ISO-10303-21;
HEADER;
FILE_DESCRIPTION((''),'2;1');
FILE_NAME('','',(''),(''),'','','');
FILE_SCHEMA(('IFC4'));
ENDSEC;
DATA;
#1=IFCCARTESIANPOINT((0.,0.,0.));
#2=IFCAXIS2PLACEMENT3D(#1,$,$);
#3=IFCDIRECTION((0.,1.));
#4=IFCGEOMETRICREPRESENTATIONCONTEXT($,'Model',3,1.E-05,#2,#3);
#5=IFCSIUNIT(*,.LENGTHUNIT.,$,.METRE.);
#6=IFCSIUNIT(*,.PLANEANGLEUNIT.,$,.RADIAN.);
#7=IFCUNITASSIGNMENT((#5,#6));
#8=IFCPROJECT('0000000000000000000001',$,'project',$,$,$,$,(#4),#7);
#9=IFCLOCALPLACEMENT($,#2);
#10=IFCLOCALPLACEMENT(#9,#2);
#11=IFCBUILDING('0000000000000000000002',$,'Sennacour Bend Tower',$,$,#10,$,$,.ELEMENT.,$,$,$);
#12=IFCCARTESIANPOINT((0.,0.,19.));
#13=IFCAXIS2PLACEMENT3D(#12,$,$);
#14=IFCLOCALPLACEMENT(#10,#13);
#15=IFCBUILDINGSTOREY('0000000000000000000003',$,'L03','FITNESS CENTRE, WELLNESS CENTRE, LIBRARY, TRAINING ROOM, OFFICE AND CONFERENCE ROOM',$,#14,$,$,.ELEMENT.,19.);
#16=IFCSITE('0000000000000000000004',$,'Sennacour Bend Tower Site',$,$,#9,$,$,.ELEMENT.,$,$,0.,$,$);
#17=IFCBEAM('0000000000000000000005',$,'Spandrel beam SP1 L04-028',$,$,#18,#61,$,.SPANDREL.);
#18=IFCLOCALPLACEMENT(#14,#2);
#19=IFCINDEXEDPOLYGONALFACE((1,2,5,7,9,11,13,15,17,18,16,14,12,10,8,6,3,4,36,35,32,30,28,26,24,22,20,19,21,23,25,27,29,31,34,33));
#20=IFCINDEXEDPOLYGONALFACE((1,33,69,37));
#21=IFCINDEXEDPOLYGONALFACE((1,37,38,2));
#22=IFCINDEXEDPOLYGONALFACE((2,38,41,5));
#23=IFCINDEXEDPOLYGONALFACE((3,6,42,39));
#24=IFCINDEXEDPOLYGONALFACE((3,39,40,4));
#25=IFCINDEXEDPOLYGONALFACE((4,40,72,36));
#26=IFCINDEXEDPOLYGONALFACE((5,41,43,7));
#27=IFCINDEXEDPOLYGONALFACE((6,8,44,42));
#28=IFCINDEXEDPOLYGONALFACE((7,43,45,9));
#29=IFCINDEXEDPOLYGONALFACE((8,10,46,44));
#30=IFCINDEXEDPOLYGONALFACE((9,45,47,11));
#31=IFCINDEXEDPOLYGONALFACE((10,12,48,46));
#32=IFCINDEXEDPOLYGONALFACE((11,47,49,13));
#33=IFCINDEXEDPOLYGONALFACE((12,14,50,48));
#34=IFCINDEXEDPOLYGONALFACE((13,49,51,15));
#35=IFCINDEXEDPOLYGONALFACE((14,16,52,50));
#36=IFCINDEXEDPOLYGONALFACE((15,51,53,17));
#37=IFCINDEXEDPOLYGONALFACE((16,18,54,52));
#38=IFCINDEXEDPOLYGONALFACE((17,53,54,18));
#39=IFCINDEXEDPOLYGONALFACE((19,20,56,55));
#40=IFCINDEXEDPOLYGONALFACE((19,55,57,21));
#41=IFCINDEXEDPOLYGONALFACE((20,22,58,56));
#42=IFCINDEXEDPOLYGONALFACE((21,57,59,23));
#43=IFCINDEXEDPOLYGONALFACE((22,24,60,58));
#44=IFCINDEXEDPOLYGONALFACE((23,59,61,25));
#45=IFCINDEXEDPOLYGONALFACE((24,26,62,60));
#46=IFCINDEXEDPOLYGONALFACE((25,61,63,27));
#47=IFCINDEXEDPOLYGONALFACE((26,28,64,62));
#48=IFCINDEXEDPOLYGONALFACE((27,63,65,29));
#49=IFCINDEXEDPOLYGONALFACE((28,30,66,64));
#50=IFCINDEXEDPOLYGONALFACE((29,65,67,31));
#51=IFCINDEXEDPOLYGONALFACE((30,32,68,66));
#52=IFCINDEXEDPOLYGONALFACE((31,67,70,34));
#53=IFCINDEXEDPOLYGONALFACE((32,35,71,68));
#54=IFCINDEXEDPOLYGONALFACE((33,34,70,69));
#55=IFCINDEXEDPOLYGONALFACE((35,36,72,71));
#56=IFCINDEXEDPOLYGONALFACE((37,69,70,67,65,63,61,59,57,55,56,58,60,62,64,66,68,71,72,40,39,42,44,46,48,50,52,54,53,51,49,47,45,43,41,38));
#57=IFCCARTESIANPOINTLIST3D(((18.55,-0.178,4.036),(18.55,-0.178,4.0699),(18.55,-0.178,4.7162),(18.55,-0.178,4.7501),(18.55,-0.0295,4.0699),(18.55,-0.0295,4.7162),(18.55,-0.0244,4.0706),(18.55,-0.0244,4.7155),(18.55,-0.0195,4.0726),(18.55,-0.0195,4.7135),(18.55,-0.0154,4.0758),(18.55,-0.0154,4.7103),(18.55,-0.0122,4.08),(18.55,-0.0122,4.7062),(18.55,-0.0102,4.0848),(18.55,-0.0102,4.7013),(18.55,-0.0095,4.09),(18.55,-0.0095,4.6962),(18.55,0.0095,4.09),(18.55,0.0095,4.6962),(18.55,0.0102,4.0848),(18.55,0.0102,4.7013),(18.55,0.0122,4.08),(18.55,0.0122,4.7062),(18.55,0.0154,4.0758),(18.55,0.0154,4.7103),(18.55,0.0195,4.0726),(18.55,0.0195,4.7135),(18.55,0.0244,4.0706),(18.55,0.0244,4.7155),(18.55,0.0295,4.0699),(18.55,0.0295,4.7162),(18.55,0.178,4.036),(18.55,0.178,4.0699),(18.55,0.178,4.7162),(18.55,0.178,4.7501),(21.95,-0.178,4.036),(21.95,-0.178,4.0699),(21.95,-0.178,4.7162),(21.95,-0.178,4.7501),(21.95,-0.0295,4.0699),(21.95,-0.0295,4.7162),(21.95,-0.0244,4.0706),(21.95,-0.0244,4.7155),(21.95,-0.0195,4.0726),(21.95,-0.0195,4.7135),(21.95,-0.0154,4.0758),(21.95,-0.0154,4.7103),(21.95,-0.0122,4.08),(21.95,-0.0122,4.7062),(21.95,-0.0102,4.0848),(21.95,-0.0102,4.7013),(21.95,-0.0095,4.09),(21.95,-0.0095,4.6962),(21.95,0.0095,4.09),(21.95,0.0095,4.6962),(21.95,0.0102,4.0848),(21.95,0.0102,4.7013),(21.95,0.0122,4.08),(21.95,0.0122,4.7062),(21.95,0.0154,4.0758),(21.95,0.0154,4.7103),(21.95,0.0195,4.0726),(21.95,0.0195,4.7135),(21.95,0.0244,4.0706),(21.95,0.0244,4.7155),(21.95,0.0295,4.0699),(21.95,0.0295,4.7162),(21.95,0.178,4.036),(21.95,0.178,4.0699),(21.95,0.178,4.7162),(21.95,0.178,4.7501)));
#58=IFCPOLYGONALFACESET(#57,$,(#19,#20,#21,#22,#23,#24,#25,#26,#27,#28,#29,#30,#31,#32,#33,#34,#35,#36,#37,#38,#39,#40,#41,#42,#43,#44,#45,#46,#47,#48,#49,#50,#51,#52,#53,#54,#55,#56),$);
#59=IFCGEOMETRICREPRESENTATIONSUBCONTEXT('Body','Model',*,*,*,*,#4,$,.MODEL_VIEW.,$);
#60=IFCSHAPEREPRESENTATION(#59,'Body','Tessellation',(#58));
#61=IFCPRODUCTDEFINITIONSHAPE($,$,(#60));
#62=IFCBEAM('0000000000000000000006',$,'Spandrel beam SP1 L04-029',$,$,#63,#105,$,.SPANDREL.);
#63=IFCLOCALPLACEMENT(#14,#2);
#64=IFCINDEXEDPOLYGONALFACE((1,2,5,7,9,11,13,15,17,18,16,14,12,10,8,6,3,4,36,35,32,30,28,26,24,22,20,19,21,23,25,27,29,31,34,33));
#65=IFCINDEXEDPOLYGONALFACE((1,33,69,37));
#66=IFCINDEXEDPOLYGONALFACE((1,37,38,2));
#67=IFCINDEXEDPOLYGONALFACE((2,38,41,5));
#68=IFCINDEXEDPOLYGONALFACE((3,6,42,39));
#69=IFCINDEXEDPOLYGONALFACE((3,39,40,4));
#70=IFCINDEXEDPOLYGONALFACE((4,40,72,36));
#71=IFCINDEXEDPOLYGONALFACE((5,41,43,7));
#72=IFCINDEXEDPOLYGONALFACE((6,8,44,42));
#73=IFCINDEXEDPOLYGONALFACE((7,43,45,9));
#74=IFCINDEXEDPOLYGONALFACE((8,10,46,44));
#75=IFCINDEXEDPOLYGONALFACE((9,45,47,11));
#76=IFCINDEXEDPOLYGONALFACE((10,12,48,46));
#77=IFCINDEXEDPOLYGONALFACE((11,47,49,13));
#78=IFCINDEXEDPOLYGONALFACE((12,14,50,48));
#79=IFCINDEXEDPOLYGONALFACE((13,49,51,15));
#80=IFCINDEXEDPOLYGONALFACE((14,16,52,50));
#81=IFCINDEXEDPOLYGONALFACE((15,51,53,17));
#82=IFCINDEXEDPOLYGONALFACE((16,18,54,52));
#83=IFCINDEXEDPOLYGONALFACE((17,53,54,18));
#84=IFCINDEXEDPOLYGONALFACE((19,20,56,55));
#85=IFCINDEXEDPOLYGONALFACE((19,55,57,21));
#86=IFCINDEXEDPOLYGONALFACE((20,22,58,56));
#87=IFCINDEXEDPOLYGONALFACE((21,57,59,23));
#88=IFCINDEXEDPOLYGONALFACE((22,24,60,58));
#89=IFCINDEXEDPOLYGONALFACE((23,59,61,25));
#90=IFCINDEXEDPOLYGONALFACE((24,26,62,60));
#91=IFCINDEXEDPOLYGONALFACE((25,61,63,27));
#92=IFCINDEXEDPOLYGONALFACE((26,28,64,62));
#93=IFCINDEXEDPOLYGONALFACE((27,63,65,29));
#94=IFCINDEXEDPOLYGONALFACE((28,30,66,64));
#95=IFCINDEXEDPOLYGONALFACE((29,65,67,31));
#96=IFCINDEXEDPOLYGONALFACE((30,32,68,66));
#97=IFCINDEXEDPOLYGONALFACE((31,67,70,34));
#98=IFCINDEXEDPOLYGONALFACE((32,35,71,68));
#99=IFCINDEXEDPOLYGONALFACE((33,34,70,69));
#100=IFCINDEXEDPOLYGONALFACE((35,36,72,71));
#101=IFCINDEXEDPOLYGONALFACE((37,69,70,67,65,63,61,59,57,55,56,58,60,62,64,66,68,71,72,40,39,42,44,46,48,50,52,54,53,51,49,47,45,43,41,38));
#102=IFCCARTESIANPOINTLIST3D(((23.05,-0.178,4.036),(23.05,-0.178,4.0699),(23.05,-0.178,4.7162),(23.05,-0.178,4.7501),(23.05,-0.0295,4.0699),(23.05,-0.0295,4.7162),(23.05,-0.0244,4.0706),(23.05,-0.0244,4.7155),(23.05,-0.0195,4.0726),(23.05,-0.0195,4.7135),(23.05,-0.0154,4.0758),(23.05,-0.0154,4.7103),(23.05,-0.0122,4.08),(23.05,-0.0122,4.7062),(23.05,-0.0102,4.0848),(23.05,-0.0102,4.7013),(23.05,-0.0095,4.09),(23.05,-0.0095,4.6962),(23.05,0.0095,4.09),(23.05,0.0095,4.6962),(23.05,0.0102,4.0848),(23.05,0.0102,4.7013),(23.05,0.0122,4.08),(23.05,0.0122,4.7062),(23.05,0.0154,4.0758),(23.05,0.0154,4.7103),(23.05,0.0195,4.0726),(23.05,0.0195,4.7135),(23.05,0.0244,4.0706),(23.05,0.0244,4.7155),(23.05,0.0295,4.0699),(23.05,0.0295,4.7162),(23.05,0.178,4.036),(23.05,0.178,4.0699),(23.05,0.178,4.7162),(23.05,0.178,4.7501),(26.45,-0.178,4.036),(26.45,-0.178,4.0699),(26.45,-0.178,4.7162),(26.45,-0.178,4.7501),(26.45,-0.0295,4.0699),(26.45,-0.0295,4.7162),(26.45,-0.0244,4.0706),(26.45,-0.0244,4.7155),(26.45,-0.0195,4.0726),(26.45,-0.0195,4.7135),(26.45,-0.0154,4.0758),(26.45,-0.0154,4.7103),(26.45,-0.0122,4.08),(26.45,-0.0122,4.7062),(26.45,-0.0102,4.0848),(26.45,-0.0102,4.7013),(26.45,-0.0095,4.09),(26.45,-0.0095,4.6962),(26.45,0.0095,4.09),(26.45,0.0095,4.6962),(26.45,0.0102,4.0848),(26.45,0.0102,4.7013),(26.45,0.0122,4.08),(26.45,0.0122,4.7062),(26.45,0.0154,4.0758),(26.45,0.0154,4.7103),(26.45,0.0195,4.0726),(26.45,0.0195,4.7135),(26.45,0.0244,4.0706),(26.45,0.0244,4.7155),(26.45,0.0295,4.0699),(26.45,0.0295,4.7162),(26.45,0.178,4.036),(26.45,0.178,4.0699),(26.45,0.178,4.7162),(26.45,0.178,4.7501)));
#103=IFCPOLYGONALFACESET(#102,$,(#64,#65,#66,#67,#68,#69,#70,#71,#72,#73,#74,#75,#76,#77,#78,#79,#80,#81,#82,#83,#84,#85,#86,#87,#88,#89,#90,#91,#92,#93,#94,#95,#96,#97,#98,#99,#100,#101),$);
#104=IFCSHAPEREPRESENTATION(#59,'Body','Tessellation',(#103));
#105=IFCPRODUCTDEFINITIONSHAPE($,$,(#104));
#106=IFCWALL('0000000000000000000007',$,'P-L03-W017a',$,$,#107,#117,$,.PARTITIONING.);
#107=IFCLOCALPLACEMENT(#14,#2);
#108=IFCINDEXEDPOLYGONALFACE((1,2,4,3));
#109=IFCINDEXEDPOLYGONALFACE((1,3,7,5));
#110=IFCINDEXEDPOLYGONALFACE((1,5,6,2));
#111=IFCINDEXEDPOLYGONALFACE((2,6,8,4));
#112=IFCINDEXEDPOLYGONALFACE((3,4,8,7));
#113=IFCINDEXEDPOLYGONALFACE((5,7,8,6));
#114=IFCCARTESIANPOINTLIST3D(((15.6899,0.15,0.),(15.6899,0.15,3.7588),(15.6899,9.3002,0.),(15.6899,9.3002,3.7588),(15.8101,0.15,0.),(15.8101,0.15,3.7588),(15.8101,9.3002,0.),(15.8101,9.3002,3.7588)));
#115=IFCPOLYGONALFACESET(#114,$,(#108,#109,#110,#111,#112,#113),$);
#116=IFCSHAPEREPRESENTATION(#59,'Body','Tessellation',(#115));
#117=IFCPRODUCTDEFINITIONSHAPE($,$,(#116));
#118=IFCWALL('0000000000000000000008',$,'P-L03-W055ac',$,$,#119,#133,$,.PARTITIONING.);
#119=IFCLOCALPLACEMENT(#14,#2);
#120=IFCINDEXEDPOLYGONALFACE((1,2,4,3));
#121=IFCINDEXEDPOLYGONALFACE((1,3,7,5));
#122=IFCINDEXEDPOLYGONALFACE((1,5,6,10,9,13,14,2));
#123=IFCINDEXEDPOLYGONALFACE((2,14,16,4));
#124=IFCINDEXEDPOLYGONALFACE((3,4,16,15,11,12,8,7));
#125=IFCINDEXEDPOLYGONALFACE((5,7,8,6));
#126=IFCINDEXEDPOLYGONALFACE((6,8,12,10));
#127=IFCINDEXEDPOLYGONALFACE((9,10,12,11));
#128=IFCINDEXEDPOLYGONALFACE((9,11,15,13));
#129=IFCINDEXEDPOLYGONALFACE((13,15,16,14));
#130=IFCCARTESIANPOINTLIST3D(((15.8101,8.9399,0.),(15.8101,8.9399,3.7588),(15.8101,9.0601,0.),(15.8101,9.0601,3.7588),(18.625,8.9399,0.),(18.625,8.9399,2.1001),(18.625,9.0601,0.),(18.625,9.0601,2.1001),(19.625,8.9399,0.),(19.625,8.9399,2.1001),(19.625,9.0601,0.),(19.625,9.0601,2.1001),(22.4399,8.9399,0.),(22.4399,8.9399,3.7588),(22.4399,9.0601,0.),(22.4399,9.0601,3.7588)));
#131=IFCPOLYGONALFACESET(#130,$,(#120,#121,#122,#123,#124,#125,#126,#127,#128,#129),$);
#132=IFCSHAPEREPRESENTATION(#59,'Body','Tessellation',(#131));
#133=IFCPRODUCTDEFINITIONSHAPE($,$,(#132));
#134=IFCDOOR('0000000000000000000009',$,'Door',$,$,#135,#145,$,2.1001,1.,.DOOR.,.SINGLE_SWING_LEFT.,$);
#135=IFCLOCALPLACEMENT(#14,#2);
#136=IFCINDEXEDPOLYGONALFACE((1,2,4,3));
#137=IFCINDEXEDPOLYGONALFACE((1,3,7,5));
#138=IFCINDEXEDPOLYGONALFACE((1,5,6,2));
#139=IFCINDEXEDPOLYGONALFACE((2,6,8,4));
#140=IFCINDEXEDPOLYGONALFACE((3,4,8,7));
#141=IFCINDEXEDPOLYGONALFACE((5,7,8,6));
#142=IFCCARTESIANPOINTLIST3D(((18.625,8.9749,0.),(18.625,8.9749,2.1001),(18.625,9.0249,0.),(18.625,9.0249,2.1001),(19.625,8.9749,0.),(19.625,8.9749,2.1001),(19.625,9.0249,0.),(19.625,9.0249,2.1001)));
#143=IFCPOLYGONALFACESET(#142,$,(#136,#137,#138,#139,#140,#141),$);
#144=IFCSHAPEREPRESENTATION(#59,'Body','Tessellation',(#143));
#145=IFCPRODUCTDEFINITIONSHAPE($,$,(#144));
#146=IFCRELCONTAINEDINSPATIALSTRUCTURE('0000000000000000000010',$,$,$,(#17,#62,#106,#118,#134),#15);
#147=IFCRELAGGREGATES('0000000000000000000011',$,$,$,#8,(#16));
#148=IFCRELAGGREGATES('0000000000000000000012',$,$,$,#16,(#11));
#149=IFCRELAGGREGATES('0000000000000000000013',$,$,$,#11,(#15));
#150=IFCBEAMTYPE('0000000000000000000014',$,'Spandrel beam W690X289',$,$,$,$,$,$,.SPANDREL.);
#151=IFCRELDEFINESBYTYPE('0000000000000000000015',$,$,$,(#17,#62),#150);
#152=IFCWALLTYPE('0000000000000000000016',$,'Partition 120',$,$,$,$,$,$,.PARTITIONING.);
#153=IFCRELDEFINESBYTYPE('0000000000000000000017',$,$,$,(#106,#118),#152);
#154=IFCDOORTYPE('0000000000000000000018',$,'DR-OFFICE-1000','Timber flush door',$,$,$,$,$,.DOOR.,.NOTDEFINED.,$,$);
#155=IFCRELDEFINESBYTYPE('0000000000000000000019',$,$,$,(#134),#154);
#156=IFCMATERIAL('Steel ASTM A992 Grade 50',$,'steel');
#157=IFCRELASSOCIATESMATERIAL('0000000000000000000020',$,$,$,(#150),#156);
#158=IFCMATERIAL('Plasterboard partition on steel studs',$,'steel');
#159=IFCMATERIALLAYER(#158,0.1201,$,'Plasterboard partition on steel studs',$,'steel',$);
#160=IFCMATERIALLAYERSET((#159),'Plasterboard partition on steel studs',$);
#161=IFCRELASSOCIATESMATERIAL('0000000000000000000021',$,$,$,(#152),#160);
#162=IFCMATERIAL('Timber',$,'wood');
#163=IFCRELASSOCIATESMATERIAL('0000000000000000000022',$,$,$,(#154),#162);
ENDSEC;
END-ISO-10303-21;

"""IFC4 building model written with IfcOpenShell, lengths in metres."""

from ifc_helpers import new_model, si_unit, direction, frame, frame_2d, origin, origin_2d, place, context, subcontext, project, spatial, rectangle, i_section, extrude, material, layer, layer_set, material_profile, profile_set, type_object, element, fill, save


model = new_model("IFC4")

# Units and contexts
model_context = context("Model", 3, precision=1e-05, world=origin(), true_north=direction((0.0, 1.0)))
body_context = subcontext(model_context, "Body", "Model", "MODEL_VIEW")
ifc_project = project(units=[si_unit("LENGTHUNIT", "METRE"), si_unit("PLANEANGLEUNIT", "RADIAN")], contexts=[model_context])

# Site, building, storey
site_placement = place(None, origin())
site = spatial("IfcSite", under=ifc_project, at=site_placement, Name="Sennacour Bend Tower Site", CompositionType="ELEMENT", RefElevation=0.0)
building_placement = place(site_placement, origin())
building = spatial("IfcBuilding", under=site, at=building_placement, Name="Sennacour Bend Tower", CompositionType="ELEMENT")
storey_placement = place(building_placement, frame((0.0, 0.0, 19.0)))
storey = spatial("IfcBuildingStorey", under=building, at=storey_placement, Name="L03", Description="FITNESS CENTRE, WELLNESS CENTRE, LIBRARY, TRAINING ROOM, OFFICE AND CONFERENCE ROOM", CompositionType="ELEMENT", Elevation=19.0)

# Beams
ifc_material_1 = material(Name="Steel ASTM A992 Grade 50", Category="steel")
ifc_material_profile_1 = material_profile(ifc_material_1, i_section(OverallWidth=0.356, OverallDepth=0.7141, WebThickness=0.019, FlangeThickness=0.0339, FilletRadius=0.02, at=origin_2d()), Name="Steel ASTM A992 Grade 50", Category="steel")
ifc_profile_set_1 = profile_set([ifc_material_profile_1], Name="Steel ASTM A992 Grade 50")
beam_type_1 = type_object("IfcBeamType", Name="Spandrel beam W690X289", PredefinedType="SPANDREL", material=ifc_profile_set_1)
for number, where, z_axis, x_axis, name in (
    (1, (18.55, 0.0, 4.3931), (1.0, 0.0, 0.0), (0.0, 1.0, 0.0), "Spandrel beam SP1 L04-028"),
    (2, (23.05, 0.0, 4.3931), (1.0, 0.0, 0.0), (0.0, 1.0, 0.0), "Spandrel beam SP1 L04-029"),
):
    element("IfcBeam", number, at=place(storey_placement, frame(where, z_axis=z_axis, x_axis=x_axis)), inside=storey, type_object=beam_type_1, Name=name, PredefinedType="SPANDREL", context=body_context, shape_type="SweptSolid", body=[
        extrude(i_section(OverallWidth=0.356, OverallDepth=0.7141, WebThickness=0.019, FlangeThickness=0.0339, FilletRadius=0.02, at=origin_2d()), origin(), (0.0, 0.0, 1.0), 3.3999),
    ])

# Wall
ifc_material_2 = material(Name="Plasterboard partition on steel studs", Category="steel")
ifc_layer_1 = layer(ifc_material_2, 0.1201, Name="Plasterboard partition on steel studs", Category="steel")
ifc_layer_set_1 = layer_set([ifc_layer_1], Name="Plasterboard partition on steel studs")
wall_type_1 = type_object("IfcWallType", Name="Partition 120", PredefinedType="PARTITIONING", material=ifc_layer_set_1)
wall_1_placement = place(storey_placement, frame((15.75, 0.1499, 0.0), z_axis=(0.0, 0.0, 1.0), x_axis=(0.0, 1.0, 0.0)))
element("IfcWall", 3, at=wall_1_placement, inside=storey, type_object=wall_type_1, Name="P-L03-W017a", PredefinedType="PARTITIONING", context=body_context, shape_type="SweptSolid", body=[
    extrude(rectangle(XDim=9.1501, YDim=0.1201, at=frame_2d((4.5752, 0.0))), origin(), (0.0, 0.0, 1.0), 3.7588),
])

# Wall, opening, door
wall_2_placement = place(storey_placement, frame((15.8101, 9.0, 0.0), z_axis=(0.0, 0.0, 1.0), x_axis=(1.0, 0.0, 0.0)))
wall_2 = element("IfcWall", 4, at=wall_2_placement, inside=storey, type_object=wall_type_1, Name="P-L03-W055ac", PredefinedType="PARTITIONING", context=body_context, shape_type="SweptSolid", body=[
    extrude(rectangle(XDim=6.6299, YDim=0.1201, at=frame_2d((3.3149, 0.0))), origin(), (0.0, 0.0, 1.0), 3.7588),
])
opening_1_placement = place(wall_2_placement, frame((2.8149, 0.0, 0.0)))
opening_1 = element("IfcOpeningElement", 5, at=opening_1_placement, cuts=wall_2, PredefinedType="OPENING", context=body_context, shape_type="SweptSolid", body=[
    extrude(rectangle(XDim=1.0, YDim=2.1001, at=frame_2d((0.5, 1.05))), frame((0.0, 0.0701, 0.0), z_axis=(0.0, -1.0, 0.0), x_axis=(1.0, 0.0, 0.0)), (0.0, 0.0, 1.0), 0.1401),
])
ifc_material_3 = material(Name="Timber", Category="wood")
door_type_1 = type_object("IfcDoorType", Name="DR-OFFICE-1000", Description="Timber flush door", OperationType="NOTDEFINED", PredefinedType="DOOR", material=ifc_material_3)
door_1_placement = place(opening_1_placement, origin())
door_1 = element("IfcDoor", 6, at=door_1_placement, inside=storey, type_object=door_type_1, Name="Door", OperationType="SINGLE_SWING_LEFT", OverallHeight=2.1001, OverallWidth=1.0, PredefinedType="DOOR", context=body_context, shape_type="SweptSolid", body=[
    extrude(rectangle(XDim=1.0, YDim=2.1001, at=frame_2d((0.5, 1.05))), frame((0.0, 0.0249, 0.0), z_axis=(0.0, -1.0, 0.0), x_axis=(1.0, 0.0, 0.0)), (0.0, 0.0, 1.0), 0.05),
])
fill(opening_1, door_1)

save(model, "model.ifc")
